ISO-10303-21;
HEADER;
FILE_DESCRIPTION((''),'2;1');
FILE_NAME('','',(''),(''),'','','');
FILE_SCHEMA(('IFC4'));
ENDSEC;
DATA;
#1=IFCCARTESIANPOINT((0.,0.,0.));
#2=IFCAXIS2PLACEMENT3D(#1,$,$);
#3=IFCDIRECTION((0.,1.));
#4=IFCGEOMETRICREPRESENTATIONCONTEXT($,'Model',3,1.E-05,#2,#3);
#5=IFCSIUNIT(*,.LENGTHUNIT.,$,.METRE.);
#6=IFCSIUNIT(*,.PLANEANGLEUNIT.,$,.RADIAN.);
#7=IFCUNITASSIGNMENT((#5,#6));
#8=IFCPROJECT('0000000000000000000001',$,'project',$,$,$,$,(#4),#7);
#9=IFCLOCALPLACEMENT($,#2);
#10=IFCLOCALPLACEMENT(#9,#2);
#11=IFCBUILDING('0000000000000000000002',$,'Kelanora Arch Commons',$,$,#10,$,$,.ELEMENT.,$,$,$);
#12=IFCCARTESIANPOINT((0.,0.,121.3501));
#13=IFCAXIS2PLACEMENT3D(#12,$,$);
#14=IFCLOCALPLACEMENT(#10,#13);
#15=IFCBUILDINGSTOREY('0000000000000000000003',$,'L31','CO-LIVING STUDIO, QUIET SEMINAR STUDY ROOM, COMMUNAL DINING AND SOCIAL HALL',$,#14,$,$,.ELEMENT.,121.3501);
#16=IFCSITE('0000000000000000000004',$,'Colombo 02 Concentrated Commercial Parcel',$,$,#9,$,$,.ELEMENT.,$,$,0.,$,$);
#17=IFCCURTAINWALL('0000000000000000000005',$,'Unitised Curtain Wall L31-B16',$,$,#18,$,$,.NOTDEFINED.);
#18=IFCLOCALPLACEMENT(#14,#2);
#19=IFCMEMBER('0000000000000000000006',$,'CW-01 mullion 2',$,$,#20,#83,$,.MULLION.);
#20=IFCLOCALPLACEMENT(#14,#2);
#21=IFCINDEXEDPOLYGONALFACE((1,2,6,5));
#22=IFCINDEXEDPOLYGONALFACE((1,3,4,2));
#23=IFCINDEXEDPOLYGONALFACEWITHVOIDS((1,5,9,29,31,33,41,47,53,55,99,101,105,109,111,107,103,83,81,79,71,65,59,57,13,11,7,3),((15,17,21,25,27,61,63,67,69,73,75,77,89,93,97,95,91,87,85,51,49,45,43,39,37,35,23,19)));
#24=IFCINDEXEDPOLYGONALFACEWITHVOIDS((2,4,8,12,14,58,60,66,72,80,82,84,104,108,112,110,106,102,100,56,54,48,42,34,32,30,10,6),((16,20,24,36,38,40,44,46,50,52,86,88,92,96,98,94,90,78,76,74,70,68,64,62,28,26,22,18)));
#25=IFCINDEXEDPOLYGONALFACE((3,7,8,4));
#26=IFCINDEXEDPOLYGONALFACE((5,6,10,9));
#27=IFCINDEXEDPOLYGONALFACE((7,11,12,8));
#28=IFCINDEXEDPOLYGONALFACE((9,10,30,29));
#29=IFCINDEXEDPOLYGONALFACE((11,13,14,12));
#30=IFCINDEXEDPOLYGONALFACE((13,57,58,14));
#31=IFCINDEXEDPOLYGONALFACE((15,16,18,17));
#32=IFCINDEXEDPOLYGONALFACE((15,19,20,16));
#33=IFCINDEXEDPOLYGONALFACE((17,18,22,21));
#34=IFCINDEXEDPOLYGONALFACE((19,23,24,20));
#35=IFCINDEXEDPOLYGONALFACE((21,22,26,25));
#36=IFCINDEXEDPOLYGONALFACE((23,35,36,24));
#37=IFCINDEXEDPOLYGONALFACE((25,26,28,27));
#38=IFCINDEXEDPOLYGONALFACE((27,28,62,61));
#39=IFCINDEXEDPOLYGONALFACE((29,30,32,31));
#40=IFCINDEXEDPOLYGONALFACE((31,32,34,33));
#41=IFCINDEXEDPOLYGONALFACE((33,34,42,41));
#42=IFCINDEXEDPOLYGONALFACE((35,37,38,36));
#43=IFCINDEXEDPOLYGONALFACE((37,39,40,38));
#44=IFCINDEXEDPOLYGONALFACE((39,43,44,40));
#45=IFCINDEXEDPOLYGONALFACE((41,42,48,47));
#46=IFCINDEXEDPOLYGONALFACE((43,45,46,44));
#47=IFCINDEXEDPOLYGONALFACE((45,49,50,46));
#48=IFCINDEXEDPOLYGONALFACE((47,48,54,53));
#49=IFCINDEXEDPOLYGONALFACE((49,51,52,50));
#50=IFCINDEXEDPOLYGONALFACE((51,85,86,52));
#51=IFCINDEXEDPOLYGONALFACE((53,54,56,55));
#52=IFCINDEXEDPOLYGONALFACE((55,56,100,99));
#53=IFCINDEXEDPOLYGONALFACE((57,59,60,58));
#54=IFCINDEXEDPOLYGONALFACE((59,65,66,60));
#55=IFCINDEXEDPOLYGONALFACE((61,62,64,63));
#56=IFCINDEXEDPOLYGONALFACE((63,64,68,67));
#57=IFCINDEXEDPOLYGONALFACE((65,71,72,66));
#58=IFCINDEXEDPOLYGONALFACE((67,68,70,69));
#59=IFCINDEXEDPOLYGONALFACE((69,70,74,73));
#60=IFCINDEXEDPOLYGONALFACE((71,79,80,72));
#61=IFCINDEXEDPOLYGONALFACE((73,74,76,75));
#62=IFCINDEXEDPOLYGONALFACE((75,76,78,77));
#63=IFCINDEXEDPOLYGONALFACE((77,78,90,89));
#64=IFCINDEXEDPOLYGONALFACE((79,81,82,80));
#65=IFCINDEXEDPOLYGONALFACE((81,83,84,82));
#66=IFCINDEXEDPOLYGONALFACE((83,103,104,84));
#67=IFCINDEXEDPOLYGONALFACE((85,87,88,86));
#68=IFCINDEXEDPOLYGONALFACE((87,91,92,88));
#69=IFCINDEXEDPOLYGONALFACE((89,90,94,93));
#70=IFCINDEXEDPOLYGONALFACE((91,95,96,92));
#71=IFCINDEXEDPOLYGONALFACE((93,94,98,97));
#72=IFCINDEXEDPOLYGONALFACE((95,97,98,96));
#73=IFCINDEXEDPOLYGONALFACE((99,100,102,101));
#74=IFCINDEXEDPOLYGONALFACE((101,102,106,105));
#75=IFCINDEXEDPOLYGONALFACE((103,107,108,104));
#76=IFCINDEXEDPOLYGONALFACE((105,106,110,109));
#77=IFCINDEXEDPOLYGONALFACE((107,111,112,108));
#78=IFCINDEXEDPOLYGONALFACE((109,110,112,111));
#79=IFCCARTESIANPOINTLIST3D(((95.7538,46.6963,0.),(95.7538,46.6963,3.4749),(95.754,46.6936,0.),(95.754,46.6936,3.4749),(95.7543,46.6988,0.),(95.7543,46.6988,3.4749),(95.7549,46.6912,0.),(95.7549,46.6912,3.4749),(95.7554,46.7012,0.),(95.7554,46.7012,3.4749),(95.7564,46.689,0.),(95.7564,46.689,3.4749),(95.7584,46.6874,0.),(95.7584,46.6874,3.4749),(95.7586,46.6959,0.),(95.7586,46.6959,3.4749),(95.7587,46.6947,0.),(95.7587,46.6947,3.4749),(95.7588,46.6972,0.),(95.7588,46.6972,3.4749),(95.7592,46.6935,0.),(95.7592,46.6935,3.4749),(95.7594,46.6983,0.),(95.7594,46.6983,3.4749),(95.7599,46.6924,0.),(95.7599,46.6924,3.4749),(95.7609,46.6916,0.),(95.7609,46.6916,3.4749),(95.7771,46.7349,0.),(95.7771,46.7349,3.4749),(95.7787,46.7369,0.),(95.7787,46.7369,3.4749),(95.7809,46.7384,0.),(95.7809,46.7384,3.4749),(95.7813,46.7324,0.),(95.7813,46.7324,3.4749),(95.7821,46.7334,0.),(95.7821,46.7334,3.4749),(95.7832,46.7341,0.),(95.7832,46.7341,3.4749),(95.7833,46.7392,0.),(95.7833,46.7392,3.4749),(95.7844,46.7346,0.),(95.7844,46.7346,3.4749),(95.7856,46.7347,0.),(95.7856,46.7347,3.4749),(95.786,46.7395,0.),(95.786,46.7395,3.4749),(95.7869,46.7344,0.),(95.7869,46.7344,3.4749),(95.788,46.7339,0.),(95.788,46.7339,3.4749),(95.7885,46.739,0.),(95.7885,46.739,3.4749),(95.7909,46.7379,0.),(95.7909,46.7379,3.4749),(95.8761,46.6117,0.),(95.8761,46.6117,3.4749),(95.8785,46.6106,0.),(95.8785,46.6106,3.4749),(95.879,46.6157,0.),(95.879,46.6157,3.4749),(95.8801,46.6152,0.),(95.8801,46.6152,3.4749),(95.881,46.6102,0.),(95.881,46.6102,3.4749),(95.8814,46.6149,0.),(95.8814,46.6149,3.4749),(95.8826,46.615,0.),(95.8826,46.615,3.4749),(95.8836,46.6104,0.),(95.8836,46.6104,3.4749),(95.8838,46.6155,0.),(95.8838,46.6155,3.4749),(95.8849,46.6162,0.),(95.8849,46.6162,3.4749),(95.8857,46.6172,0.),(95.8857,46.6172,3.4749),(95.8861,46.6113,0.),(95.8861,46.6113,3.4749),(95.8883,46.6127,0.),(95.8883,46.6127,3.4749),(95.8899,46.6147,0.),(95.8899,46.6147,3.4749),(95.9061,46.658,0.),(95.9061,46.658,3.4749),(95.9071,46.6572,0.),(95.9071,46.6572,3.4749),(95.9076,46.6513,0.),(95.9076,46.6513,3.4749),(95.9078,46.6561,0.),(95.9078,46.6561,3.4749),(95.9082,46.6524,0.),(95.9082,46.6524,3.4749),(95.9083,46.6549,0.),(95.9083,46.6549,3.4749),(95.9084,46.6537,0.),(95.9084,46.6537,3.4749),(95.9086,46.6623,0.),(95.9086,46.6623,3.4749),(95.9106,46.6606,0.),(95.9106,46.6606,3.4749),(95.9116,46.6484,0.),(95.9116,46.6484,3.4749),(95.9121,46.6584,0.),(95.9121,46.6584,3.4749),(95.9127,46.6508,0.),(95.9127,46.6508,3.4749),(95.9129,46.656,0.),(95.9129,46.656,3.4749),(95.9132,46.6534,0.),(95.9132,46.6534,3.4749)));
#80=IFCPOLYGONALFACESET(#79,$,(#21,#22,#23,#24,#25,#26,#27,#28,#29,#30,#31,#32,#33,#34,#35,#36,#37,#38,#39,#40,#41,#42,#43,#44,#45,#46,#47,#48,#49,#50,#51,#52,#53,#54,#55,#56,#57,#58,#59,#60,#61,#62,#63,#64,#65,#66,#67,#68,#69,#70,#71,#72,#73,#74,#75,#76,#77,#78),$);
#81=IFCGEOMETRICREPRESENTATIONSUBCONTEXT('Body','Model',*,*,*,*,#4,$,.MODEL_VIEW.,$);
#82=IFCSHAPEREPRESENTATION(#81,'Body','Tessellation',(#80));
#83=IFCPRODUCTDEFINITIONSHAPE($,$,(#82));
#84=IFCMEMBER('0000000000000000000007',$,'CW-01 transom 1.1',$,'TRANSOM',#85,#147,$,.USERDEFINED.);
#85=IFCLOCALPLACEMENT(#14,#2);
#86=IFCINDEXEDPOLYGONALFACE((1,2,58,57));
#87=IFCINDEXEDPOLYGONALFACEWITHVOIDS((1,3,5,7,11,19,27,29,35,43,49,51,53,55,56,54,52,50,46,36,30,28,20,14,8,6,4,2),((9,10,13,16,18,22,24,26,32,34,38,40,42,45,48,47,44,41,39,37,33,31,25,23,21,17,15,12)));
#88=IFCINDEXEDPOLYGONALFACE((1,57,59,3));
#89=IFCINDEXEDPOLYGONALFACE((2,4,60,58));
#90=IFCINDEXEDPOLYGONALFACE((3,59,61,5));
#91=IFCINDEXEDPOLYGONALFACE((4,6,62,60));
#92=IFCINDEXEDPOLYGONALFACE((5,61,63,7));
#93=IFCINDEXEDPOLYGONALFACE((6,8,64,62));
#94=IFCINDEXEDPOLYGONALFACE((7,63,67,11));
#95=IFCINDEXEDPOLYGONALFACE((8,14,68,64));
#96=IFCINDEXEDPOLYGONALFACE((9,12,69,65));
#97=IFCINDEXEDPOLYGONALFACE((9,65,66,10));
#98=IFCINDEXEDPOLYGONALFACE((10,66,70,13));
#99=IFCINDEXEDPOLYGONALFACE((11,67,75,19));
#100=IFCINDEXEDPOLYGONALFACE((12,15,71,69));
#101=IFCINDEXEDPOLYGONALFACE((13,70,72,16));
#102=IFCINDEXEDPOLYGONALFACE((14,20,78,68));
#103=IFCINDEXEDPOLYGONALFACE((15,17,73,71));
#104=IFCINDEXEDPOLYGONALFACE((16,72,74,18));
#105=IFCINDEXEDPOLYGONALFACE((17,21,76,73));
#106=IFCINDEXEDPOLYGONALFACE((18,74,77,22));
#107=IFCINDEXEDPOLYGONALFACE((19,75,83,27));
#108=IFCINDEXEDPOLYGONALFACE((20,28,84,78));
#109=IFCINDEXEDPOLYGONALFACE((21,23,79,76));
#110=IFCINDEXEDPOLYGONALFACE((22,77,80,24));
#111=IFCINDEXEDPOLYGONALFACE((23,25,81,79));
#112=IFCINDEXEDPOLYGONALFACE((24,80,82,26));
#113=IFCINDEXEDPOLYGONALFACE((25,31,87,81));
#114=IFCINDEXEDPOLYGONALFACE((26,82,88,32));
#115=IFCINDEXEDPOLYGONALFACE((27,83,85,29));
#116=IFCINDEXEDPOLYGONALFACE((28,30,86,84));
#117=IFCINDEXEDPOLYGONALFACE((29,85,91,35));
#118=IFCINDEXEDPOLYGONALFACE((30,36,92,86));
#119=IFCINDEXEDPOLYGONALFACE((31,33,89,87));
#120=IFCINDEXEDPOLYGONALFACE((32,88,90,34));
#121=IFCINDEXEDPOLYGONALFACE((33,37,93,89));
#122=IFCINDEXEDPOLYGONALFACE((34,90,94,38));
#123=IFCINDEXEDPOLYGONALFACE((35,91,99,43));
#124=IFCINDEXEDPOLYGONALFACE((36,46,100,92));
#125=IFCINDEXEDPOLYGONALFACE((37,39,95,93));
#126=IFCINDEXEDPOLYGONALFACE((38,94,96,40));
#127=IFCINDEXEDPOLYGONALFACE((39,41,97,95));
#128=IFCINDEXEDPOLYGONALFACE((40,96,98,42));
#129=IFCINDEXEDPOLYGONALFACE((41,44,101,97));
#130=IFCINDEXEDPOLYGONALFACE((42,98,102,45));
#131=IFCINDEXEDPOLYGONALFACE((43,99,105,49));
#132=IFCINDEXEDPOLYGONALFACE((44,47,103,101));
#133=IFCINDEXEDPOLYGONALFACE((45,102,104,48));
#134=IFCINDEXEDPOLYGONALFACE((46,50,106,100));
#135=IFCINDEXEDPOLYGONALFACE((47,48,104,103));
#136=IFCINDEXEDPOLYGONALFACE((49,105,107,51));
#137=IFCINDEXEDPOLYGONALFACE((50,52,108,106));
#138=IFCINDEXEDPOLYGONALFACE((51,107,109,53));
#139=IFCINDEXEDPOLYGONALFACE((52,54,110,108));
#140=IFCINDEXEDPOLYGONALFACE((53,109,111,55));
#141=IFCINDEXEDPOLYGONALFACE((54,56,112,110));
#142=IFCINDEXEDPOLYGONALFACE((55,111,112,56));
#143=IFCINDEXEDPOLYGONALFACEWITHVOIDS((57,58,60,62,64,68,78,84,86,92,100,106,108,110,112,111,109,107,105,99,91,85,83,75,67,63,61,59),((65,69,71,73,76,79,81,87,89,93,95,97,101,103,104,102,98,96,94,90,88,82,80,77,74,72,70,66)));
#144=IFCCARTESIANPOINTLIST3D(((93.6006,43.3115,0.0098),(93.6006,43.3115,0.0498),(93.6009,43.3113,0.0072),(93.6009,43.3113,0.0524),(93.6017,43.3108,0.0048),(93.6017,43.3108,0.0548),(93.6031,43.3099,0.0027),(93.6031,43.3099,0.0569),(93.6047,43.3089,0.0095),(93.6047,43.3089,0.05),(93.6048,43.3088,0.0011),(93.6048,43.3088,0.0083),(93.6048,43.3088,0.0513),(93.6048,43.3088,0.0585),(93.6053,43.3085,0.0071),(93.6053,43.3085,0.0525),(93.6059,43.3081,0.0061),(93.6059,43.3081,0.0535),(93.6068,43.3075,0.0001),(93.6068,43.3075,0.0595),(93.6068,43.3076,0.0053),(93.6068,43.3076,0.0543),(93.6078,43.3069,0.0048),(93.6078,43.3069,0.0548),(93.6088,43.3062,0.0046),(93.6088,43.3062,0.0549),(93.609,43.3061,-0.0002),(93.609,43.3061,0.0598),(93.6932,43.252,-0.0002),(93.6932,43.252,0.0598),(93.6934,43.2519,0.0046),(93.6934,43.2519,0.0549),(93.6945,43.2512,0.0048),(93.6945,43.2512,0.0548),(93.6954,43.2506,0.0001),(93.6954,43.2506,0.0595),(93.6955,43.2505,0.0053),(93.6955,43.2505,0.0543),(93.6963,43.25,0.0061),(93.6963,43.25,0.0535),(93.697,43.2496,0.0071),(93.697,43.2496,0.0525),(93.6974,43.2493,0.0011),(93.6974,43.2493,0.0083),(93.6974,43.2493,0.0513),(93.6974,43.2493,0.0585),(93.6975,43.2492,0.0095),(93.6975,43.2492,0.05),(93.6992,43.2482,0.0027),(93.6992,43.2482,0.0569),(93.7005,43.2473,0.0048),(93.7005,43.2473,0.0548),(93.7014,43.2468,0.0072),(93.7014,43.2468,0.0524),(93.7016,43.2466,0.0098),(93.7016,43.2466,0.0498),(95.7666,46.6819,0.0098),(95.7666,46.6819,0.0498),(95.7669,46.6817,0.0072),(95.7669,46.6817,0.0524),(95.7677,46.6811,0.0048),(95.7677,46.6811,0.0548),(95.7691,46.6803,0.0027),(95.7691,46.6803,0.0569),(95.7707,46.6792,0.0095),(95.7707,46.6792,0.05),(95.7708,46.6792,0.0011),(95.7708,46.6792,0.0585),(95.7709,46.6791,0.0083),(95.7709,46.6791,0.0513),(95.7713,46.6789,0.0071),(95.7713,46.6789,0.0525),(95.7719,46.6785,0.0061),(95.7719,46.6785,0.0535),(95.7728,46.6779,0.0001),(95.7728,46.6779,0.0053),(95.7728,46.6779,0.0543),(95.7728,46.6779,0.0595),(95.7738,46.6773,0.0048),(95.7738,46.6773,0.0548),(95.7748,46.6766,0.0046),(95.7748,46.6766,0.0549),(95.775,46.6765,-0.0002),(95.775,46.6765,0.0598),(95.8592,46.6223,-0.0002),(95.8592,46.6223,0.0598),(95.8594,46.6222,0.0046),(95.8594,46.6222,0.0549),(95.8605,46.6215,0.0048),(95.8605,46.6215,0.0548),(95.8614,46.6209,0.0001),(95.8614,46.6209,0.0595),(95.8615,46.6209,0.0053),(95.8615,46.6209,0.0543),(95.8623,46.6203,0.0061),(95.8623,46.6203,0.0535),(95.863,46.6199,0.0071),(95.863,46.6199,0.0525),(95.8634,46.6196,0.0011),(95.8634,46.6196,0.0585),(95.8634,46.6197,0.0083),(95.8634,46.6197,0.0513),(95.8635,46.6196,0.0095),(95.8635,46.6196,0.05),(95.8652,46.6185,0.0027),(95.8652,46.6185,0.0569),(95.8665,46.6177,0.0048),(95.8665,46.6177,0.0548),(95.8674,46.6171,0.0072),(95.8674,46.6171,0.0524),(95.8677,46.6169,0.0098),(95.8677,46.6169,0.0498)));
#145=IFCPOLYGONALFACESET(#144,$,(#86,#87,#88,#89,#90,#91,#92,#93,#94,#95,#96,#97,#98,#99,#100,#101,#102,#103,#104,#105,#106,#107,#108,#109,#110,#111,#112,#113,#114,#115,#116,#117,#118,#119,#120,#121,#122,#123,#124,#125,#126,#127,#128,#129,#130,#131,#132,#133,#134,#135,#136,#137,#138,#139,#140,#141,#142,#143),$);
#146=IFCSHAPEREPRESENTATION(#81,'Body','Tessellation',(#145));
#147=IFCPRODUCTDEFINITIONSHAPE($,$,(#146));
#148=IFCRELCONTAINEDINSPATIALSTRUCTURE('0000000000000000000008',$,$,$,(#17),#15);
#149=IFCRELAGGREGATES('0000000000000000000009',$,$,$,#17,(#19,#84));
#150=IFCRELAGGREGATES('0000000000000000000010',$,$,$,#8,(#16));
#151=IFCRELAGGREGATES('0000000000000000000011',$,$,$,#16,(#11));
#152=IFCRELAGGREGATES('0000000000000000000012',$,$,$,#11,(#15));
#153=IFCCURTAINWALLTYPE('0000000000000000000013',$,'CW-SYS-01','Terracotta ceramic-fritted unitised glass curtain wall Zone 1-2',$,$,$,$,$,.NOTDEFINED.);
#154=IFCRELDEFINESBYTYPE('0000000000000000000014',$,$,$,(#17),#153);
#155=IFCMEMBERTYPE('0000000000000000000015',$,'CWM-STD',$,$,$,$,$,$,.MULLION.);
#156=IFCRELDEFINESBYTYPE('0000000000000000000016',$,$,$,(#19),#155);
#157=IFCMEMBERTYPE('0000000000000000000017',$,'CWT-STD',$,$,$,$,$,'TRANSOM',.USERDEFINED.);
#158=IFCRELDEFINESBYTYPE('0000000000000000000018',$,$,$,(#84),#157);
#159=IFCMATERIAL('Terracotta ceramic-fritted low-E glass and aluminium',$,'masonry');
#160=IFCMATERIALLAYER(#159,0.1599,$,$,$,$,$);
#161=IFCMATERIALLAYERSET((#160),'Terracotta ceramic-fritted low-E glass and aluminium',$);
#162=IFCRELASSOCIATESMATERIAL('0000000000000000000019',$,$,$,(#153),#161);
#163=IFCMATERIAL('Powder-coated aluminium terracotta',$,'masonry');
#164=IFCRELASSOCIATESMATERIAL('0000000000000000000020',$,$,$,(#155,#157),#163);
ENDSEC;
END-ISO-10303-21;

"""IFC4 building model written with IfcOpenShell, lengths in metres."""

from ifc_helpers import new_model, si_unit, direction, frame, origin, origin_2d, place, context, subcontext, project, spatial, hollow_rectangle, extrude, material, layer, layer_set, material_profile, profile_set, type_object, element, aggregate, save


model = new_model("IFC4")

# Units and contexts
model_context = context("Model", 3, precision=1e-05, world=origin(), true_north=direction((0.0, 1.0)))
body_context = subcontext(model_context, "Body", "Model", "MODEL_VIEW")
ifc_project = project(units=[si_unit("LENGTHUNIT", "METRE"), si_unit("PLANEANGLEUNIT", "RADIAN")], contexts=[model_context])

# Site, building, storey
site_placement = place(None, origin())
site = spatial("IfcSite", under=ifc_project, at=site_placement, Name="Colombo 02 Concentrated Commercial Parcel", CompositionType="ELEMENT", RefElevation=0.0)
building_placement = place(site_placement, origin())
building = spatial("IfcBuilding", under=site, at=building_placement, Name="Kelanora Arch Commons", CompositionType="ELEMENT")
storey_placement = place(building_placement, frame((0.0, 0.0, 121.3501)))
storey = spatial("IfcBuildingStorey", under=building, at=storey_placement, Name="L31", Description="CO-LIVING STUDIO, QUIET SEMINAR STUDY ROOM, COMMUNAL DINING AND SOCIAL HALL", CompositionType="ELEMENT", Elevation=121.3501)

# Shared definitions
ifc_material_1 = material(Name="Terracotta ceramic-fritted low-E glass and aluminium", Category="masonry")
ifc_layer_1 = layer(ifc_material_1, 0.1599)
ifc_layer_set_1 = layer_set([ifc_layer_1], Name="Terracotta ceramic-fritted low-E glass and aluminium")
curtain_wall_type = type_object("IfcCurtainWallType", Name="CW-SYS-01", Description="Terracotta ceramic-fritted unitised glass curtain wall Zone 1-2", PredefinedType="NOTDEFINED", material=ifc_layer_set_1)
ifc_material_2 = material(Name="Powder-coated aluminium terracotta", Category="masonry")
ifc_material_profile_1 = material_profile(ifc_material_2, hollow_rectangle(XDim=0.1599, YDim=0.0601, WallThickness=0.0049, InnerFilletRadius=0.0049, OuterFilletRadius=0.01, at=origin_2d()), Name="CWM160x60")
ifc_profile_set_1 = profile_set([ifc_material_profile_1], Name="Powder-coated aluminium terracotta")
member_type_1 = type_object("IfcMemberType", Name="CWM-STD", PredefinedType="MULLION", material=ifc_profile_set_1)

# Curtain wall, members
curtain_wall_1_placement = place(storey_placement, origin())
curtain_wall_1 = element("IfcCurtainWall", 1, at=curtain_wall_1_placement, inside=storey, type_object=curtain_wall_type, Name="Unitised Curtain Wall L31-B16", PredefinedType="NOTDEFINED")
member_1_placement = place(storey_placement, frame((95.8335, 46.6748, 0.0), z_axis=(0.0, 0.0, 1.0), x_axis=(-0.841269, 0.540617, 0.0)))
member_1 = element("IfcMember", 2, at=member_1_placement, type_object=member_type_1, Name="CW-01 mullion 2", PredefinedType="MULLION", context=body_context, shape_type="SweptSolid", body=[
    extrude(hollow_rectangle(XDim=0.1599, YDim=0.0601, WallThickness=0.0049, InnerFilletRadius=0.0049, OuterFilletRadius=0.01, at=origin_2d()), origin(), (0.0, 0.0, 1.0), 3.4749),
])
ifc_material_profile_2 = material_profile(ifc_material_2, hollow_rectangle(XDim=0.1201, YDim=0.0601, WallThickness=0.0049, InnerFilletRadius=0.0049, OuterFilletRadius=0.01, at=origin_2d()), Name="CWT120x60")
ifc_profile_set_2 = profile_set([ifc_material_profile_2], Name="Powder-coated aluminium terracotta")
member_type_2 = type_object("IfcMemberType", Name="CWT-STD", ElementType="TRANSOM", PredefinedType="USERDEFINED", material=ifc_profile_set_2)
member_2_placement = place(storey_placement, frame((93.6511, 43.2791, 0.0298), z_axis=(0.540644, 0.841252, 0.0), x_axis=(-0.841252, 0.540644, 0.0)))
member_2 = element("IfcMember", 3, at=member_2_placement, type_object=member_type_2, Name="CW-01 transom 1.1", ObjectType="TRANSOM", PredefinedType="USERDEFINED", context=body_context, shape_type="SweptSolid", body=[
    extrude(hollow_rectangle(XDim=0.1201, YDim=0.0601, WallThickness=0.0049, InnerFilletRadius=0.0049, OuterFilletRadius=0.01, at=origin_2d()), origin(), (0.0, 0.0, 1.0), 4.0063),
])

aggregate(curtain_wall_1, [member_1, member_2])

save(model, "model.ifc")
